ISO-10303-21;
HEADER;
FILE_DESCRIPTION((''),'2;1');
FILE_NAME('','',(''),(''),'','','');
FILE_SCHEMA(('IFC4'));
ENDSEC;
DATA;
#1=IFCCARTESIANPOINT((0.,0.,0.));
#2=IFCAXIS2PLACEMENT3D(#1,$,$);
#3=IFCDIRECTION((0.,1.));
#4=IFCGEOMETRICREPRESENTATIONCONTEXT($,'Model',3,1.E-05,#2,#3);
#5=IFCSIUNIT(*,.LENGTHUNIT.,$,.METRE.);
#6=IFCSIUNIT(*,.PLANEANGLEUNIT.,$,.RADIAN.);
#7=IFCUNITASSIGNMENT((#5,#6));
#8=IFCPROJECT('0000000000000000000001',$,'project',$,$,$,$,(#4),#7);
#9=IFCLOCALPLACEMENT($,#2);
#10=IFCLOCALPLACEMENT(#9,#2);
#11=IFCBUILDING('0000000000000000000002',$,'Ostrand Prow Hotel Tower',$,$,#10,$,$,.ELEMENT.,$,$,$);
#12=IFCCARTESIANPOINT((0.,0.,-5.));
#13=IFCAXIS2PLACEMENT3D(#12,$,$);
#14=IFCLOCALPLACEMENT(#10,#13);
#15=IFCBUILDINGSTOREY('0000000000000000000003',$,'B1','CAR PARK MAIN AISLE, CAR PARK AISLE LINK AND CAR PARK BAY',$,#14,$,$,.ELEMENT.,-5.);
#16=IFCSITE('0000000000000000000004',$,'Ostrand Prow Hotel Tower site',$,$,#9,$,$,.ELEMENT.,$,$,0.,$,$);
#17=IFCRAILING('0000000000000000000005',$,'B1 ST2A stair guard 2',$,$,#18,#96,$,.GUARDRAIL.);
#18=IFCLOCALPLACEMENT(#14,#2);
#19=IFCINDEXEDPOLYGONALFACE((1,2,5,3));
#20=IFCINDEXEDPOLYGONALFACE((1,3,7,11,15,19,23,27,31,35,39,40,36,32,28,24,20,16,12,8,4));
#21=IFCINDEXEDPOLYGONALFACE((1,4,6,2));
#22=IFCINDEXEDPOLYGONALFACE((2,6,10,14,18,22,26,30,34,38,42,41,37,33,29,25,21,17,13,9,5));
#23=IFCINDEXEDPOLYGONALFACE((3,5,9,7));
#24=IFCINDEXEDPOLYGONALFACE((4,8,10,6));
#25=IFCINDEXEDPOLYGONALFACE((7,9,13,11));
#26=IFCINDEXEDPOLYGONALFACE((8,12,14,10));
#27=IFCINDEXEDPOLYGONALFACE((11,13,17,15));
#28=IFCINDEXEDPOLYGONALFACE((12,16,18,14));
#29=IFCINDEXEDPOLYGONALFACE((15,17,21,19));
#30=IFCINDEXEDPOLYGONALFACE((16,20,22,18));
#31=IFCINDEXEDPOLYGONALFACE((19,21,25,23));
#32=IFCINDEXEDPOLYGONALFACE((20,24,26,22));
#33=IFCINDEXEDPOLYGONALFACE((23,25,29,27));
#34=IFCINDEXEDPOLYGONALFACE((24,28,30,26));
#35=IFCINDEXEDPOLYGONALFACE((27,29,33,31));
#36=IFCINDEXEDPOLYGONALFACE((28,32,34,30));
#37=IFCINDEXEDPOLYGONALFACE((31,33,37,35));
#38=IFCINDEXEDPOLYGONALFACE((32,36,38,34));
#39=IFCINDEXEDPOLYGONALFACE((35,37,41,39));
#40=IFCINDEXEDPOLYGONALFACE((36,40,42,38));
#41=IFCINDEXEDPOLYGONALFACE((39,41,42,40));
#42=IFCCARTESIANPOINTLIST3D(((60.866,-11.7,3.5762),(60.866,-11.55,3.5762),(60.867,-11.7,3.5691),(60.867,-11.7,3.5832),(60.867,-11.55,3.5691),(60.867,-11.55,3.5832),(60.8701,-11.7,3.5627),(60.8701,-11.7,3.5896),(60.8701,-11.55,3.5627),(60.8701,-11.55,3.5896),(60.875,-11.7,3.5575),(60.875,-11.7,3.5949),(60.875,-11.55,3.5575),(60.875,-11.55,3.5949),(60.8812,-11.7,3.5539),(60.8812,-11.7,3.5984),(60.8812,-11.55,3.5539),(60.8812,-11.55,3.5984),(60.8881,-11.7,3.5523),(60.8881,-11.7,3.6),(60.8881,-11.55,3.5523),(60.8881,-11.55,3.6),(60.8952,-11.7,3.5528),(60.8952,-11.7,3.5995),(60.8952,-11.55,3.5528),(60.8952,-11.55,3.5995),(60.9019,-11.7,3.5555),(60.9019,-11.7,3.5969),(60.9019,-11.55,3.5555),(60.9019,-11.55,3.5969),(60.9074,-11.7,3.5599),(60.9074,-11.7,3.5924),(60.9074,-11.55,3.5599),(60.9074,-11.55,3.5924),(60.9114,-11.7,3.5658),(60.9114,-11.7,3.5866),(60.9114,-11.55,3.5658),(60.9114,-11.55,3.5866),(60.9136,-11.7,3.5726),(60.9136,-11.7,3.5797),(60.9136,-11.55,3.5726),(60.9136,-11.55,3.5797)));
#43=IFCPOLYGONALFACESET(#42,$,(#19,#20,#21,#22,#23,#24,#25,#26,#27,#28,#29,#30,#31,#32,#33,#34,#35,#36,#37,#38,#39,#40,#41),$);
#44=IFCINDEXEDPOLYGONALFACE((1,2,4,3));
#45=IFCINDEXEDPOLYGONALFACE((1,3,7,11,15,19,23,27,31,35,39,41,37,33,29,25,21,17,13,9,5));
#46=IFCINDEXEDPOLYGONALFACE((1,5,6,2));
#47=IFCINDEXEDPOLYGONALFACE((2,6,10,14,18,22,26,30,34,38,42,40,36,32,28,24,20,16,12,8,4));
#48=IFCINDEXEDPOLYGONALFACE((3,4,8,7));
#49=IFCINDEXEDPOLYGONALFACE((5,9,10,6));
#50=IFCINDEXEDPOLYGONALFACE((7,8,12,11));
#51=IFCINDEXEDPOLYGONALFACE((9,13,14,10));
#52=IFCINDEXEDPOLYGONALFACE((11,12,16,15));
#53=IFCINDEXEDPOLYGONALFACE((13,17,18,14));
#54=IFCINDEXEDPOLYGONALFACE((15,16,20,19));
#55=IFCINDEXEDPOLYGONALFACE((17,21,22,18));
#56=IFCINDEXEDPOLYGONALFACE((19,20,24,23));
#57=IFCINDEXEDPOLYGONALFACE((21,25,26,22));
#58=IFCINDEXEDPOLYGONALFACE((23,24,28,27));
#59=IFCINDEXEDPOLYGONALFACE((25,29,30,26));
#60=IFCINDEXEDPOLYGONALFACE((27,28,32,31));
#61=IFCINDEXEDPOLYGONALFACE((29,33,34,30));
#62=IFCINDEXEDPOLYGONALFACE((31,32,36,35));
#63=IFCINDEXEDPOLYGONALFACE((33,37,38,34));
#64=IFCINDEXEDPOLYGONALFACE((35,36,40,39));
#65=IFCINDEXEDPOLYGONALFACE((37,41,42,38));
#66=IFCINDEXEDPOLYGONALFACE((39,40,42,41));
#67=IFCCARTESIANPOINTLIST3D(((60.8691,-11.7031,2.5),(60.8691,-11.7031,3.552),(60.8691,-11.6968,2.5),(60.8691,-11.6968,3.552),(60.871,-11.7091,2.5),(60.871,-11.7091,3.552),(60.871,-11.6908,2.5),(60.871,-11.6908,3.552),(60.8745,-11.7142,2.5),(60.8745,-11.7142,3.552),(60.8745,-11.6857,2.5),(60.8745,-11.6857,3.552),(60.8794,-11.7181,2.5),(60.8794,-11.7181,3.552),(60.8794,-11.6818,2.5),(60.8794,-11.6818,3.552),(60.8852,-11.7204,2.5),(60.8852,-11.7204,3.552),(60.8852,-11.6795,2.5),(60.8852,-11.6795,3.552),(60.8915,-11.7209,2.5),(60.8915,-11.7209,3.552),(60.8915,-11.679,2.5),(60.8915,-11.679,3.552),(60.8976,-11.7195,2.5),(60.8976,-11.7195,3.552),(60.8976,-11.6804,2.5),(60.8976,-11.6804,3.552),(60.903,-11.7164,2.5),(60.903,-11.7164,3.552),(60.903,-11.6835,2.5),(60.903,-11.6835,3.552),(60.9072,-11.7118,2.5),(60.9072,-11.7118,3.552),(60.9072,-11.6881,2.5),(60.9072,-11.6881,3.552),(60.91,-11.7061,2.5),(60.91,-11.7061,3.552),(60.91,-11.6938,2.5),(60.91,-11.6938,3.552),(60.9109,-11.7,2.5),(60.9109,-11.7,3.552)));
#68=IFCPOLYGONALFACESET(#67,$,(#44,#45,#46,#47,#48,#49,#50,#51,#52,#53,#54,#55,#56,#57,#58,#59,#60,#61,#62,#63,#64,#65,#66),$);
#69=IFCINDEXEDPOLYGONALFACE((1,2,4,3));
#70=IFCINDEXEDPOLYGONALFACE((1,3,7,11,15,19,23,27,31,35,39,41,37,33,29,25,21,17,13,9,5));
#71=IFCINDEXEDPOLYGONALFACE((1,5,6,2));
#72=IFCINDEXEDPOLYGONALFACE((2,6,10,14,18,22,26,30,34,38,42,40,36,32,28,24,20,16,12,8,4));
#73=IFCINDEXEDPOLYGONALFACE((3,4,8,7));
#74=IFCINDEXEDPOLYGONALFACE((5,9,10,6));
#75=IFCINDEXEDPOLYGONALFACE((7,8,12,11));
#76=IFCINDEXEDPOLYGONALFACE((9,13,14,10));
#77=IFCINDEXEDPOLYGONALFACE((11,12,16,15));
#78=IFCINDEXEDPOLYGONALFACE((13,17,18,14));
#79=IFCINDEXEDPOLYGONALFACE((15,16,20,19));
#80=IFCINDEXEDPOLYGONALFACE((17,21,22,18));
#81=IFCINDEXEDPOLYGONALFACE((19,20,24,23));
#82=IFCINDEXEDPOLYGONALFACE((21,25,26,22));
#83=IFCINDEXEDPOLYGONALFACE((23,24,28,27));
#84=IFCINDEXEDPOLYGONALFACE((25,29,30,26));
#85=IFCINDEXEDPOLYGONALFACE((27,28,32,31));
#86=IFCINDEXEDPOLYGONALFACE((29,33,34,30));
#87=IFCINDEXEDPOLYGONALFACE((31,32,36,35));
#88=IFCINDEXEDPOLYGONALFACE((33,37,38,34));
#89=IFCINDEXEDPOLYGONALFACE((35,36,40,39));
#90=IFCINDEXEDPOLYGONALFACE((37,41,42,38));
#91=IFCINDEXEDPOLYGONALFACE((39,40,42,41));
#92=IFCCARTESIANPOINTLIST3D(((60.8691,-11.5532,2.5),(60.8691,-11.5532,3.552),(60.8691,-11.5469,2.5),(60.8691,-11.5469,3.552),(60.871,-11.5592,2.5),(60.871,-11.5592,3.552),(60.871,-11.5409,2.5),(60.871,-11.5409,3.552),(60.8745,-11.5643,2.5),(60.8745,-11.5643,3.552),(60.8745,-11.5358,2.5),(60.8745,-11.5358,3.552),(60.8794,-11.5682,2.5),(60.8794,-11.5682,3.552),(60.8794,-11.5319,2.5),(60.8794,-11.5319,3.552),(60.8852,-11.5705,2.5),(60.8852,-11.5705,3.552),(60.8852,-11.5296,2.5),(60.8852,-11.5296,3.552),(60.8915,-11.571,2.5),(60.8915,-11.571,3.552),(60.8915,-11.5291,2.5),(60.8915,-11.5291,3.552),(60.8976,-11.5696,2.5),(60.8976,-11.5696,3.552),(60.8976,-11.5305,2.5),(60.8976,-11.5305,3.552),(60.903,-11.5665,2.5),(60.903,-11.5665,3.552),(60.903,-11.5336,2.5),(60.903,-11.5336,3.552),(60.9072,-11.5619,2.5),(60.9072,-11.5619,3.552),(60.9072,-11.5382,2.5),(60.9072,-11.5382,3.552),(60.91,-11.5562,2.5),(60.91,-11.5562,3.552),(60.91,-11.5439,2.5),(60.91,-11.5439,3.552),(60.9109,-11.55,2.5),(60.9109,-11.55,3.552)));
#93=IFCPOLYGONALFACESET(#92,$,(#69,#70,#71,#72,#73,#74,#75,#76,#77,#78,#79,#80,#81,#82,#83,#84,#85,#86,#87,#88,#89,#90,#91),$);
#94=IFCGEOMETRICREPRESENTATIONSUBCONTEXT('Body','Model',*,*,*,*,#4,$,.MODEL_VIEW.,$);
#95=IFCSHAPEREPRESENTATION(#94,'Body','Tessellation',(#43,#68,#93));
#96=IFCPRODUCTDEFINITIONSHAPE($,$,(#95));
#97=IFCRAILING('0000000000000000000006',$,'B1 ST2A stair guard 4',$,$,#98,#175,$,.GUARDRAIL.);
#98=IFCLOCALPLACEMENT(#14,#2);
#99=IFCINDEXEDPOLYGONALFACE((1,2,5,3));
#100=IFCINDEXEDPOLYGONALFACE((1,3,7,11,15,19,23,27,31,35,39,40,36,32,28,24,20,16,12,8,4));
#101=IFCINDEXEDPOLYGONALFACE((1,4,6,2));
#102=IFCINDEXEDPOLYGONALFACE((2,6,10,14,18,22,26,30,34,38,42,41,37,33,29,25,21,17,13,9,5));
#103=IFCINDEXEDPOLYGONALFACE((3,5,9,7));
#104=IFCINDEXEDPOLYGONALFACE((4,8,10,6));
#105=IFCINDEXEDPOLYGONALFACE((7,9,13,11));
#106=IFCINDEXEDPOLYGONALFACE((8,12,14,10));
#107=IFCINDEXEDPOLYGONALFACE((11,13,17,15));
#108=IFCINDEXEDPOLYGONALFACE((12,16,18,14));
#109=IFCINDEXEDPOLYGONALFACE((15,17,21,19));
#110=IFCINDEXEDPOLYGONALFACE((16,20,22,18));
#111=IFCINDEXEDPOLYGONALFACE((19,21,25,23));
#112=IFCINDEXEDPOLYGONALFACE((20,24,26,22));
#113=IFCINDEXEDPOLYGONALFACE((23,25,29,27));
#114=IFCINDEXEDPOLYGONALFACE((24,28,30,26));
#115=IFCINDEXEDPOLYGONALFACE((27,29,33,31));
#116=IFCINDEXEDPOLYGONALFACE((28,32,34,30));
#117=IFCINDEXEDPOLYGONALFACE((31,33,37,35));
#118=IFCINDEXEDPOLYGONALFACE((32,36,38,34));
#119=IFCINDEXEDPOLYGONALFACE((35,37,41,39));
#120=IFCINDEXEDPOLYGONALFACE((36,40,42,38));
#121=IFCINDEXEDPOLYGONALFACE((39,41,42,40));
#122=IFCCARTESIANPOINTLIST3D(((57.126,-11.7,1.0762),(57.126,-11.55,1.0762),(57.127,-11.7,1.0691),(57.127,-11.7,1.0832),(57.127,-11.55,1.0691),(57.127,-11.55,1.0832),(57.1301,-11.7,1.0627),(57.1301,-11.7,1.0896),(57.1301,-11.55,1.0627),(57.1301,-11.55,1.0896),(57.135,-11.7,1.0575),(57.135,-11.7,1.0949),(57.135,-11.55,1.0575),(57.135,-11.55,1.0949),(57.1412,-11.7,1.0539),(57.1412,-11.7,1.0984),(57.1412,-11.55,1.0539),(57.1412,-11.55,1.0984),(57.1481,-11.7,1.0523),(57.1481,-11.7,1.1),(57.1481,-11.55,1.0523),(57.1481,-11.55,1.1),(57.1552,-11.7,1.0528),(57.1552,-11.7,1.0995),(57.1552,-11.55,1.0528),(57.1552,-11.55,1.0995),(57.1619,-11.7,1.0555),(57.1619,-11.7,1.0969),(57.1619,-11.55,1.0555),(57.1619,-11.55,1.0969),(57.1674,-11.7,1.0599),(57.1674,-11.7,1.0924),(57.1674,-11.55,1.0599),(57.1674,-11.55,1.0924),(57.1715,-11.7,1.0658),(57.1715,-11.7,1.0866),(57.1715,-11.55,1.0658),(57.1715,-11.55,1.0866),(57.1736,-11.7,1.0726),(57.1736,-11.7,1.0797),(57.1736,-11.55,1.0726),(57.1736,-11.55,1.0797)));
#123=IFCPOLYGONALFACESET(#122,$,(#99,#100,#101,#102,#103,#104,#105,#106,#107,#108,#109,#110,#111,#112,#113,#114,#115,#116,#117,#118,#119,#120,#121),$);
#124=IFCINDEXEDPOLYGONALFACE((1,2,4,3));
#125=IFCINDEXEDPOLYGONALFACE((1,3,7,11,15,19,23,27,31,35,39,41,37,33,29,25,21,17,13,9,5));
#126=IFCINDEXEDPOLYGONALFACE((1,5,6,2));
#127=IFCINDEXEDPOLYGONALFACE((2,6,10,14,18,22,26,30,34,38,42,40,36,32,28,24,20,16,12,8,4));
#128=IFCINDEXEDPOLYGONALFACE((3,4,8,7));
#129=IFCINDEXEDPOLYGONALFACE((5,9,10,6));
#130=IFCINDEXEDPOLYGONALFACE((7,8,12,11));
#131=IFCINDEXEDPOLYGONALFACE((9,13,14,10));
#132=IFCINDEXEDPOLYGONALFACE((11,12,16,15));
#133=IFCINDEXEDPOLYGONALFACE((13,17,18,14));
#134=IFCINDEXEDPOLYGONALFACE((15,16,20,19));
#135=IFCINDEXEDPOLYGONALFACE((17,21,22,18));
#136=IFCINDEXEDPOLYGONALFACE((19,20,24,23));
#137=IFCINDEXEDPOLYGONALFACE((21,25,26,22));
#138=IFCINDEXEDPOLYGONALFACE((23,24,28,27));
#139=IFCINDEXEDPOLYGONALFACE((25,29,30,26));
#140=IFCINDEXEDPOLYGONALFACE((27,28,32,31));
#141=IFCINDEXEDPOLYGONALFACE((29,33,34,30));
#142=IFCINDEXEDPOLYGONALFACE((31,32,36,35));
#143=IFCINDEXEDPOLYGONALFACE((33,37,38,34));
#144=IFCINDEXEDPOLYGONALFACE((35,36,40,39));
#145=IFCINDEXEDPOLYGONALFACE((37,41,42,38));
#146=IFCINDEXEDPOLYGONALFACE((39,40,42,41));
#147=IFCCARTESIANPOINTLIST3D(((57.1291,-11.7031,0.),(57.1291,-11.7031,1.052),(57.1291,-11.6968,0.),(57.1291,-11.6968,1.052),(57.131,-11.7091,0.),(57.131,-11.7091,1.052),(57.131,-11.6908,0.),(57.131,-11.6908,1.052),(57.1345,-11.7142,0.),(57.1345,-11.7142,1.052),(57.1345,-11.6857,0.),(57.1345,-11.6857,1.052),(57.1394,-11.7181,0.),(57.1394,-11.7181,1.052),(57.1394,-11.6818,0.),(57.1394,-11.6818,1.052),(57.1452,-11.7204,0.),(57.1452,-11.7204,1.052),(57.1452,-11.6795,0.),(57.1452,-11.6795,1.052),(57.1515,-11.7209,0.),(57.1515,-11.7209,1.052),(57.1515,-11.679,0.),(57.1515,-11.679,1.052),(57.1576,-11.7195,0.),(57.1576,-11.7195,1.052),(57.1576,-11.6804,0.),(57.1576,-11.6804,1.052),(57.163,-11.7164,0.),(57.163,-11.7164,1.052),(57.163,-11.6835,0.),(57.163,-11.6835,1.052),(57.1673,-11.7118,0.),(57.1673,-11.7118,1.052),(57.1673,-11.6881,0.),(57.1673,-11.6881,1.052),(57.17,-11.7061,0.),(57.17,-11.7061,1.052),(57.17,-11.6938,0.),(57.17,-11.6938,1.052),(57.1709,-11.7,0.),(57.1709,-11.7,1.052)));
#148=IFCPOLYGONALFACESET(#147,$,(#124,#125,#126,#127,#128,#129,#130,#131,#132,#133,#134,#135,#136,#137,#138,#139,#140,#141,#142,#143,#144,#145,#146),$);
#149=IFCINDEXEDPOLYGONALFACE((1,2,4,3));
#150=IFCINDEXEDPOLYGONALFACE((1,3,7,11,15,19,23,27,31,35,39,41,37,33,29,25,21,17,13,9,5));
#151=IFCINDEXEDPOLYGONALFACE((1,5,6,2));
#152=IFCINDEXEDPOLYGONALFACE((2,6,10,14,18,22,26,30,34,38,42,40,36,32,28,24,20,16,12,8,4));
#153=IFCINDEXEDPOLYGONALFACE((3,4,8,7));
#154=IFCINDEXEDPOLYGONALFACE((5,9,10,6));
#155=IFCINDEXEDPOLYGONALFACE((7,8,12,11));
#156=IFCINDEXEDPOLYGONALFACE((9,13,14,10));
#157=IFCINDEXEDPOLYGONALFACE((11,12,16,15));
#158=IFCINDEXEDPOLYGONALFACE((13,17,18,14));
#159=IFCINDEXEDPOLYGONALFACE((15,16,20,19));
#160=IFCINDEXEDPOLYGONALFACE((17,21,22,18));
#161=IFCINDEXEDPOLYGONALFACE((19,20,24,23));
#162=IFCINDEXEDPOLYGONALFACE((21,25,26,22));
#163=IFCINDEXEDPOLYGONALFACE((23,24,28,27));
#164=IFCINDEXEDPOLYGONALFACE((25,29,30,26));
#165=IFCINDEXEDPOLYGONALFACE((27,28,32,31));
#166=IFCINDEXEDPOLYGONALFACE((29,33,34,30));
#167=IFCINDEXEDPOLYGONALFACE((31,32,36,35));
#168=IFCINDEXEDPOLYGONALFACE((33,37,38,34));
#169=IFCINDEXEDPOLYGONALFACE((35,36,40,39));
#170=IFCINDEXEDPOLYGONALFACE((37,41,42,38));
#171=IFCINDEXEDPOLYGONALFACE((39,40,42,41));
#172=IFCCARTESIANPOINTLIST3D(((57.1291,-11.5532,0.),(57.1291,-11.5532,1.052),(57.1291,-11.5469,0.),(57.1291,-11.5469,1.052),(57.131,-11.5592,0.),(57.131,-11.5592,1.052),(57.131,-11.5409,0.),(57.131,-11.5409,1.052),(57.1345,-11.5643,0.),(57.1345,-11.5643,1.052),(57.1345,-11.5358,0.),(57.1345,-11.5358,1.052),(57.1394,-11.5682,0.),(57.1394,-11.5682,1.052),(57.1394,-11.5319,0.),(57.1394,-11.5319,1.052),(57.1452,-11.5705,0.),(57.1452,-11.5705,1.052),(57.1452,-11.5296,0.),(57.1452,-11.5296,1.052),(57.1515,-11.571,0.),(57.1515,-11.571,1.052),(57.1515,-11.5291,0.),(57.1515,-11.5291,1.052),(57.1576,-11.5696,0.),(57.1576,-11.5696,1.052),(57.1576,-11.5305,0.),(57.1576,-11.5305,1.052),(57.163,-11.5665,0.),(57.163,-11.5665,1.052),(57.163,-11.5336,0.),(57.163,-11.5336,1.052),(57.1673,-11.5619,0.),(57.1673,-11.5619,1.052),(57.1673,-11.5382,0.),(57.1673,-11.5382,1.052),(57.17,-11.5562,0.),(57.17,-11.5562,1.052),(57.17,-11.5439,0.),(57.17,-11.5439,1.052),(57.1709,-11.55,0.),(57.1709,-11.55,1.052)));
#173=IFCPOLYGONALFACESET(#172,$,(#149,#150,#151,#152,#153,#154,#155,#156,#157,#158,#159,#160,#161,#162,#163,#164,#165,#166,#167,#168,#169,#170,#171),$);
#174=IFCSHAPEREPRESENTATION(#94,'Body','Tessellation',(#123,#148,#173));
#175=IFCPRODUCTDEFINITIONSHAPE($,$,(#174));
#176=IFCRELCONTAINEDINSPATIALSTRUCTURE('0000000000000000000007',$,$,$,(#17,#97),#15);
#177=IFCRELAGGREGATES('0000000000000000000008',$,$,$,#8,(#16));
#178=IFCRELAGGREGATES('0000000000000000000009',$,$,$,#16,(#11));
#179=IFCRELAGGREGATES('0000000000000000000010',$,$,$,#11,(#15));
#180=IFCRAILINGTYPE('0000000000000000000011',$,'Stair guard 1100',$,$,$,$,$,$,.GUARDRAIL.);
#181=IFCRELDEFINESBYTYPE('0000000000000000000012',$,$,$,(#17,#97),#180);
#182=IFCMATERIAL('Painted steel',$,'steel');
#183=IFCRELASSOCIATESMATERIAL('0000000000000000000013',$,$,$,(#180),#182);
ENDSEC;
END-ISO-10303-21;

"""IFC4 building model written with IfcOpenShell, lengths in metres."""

from ifc_helpers import new_model, si_unit, direction, frame, origin, origin_2d, place, context, subcontext, project, spatial, circle, extrude, material, type_object, element, save


model = new_model("IFC4")

# Units and contexts
model_context = context("Model", 3, precision=1e-05, world=origin(), true_north=direction((0.0, 1.0)))
body_context = subcontext(model_context, "Body", "Model", "MODEL_VIEW")
ifc_project = project(units=[si_unit("LENGTHUNIT", "METRE"), si_unit("PLANEANGLEUNIT", "RADIAN")], contexts=[model_context])

# Site, building, storey
site_placement = place(None, origin())
site = spatial("IfcSite", under=ifc_project, at=site_placement, Name="Ostrand Prow Hotel Tower site", CompositionType="ELEMENT", RefElevation=0.0)
building_placement = place(site_placement, origin())
building = spatial("IfcBuilding", under=site, at=building_placement, Name="Ostrand Prow Hotel Tower", CompositionType="ELEMENT")
storey_placement = place(building_placement, frame((0.0, 0.0, -5.0)))
storey = spatial("IfcBuildingStorey", under=building, at=storey_placement, Name="B1", Description="CAR PARK MAIN AISLE, CAR PARK AISLE LINK AND CAR PARK BAY", CompositionType="ELEMENT", Elevation=-5.0)

# Railings
ifc_material_1 = material(Name="Painted steel", Category="steel")
railing_type_1 = type_object("IfcRailingType", Name="Stair guard 1100", PredefinedType="GUARDRAIL", material=ifc_material_1)
for number, where, name in (
    (1, (60.8899, -11.7, 2.5), "B1 ST2A stair guard 2"),
    (2, (57.1499, -11.7, 0.0), "B1 ST2A stair guard 4"),
):
    element("IfcRailing", number, at=place(storey_placement, frame(where)), inside=storey, type_object=railing_type_1, Name=name, PredefinedType="GUARDRAIL", context=body_context, shape_type="SweptSolid", body=[
        extrude(circle(Radius=0.0239, at=origin_2d()), frame((0.0, 0.0, 1.0762), z_axis=(0.0, 1.0, 0.0), x_axis=(-1.0, 0.0, 0.0)), (0.0, 0.0, 1.0), 0.1499),
        extrude(circle(Radius=0.021, at=origin_2d()), origin(), (0.0, 0.0, 1.0), 1.052),
        extrude(circle(Radius=0.021, at=origin_2d()), frame((0.0, 0.1499, 0.0)), (0.0, 0.0, 1.0), 1.052),
    ])

save(model, "model.ifc")
